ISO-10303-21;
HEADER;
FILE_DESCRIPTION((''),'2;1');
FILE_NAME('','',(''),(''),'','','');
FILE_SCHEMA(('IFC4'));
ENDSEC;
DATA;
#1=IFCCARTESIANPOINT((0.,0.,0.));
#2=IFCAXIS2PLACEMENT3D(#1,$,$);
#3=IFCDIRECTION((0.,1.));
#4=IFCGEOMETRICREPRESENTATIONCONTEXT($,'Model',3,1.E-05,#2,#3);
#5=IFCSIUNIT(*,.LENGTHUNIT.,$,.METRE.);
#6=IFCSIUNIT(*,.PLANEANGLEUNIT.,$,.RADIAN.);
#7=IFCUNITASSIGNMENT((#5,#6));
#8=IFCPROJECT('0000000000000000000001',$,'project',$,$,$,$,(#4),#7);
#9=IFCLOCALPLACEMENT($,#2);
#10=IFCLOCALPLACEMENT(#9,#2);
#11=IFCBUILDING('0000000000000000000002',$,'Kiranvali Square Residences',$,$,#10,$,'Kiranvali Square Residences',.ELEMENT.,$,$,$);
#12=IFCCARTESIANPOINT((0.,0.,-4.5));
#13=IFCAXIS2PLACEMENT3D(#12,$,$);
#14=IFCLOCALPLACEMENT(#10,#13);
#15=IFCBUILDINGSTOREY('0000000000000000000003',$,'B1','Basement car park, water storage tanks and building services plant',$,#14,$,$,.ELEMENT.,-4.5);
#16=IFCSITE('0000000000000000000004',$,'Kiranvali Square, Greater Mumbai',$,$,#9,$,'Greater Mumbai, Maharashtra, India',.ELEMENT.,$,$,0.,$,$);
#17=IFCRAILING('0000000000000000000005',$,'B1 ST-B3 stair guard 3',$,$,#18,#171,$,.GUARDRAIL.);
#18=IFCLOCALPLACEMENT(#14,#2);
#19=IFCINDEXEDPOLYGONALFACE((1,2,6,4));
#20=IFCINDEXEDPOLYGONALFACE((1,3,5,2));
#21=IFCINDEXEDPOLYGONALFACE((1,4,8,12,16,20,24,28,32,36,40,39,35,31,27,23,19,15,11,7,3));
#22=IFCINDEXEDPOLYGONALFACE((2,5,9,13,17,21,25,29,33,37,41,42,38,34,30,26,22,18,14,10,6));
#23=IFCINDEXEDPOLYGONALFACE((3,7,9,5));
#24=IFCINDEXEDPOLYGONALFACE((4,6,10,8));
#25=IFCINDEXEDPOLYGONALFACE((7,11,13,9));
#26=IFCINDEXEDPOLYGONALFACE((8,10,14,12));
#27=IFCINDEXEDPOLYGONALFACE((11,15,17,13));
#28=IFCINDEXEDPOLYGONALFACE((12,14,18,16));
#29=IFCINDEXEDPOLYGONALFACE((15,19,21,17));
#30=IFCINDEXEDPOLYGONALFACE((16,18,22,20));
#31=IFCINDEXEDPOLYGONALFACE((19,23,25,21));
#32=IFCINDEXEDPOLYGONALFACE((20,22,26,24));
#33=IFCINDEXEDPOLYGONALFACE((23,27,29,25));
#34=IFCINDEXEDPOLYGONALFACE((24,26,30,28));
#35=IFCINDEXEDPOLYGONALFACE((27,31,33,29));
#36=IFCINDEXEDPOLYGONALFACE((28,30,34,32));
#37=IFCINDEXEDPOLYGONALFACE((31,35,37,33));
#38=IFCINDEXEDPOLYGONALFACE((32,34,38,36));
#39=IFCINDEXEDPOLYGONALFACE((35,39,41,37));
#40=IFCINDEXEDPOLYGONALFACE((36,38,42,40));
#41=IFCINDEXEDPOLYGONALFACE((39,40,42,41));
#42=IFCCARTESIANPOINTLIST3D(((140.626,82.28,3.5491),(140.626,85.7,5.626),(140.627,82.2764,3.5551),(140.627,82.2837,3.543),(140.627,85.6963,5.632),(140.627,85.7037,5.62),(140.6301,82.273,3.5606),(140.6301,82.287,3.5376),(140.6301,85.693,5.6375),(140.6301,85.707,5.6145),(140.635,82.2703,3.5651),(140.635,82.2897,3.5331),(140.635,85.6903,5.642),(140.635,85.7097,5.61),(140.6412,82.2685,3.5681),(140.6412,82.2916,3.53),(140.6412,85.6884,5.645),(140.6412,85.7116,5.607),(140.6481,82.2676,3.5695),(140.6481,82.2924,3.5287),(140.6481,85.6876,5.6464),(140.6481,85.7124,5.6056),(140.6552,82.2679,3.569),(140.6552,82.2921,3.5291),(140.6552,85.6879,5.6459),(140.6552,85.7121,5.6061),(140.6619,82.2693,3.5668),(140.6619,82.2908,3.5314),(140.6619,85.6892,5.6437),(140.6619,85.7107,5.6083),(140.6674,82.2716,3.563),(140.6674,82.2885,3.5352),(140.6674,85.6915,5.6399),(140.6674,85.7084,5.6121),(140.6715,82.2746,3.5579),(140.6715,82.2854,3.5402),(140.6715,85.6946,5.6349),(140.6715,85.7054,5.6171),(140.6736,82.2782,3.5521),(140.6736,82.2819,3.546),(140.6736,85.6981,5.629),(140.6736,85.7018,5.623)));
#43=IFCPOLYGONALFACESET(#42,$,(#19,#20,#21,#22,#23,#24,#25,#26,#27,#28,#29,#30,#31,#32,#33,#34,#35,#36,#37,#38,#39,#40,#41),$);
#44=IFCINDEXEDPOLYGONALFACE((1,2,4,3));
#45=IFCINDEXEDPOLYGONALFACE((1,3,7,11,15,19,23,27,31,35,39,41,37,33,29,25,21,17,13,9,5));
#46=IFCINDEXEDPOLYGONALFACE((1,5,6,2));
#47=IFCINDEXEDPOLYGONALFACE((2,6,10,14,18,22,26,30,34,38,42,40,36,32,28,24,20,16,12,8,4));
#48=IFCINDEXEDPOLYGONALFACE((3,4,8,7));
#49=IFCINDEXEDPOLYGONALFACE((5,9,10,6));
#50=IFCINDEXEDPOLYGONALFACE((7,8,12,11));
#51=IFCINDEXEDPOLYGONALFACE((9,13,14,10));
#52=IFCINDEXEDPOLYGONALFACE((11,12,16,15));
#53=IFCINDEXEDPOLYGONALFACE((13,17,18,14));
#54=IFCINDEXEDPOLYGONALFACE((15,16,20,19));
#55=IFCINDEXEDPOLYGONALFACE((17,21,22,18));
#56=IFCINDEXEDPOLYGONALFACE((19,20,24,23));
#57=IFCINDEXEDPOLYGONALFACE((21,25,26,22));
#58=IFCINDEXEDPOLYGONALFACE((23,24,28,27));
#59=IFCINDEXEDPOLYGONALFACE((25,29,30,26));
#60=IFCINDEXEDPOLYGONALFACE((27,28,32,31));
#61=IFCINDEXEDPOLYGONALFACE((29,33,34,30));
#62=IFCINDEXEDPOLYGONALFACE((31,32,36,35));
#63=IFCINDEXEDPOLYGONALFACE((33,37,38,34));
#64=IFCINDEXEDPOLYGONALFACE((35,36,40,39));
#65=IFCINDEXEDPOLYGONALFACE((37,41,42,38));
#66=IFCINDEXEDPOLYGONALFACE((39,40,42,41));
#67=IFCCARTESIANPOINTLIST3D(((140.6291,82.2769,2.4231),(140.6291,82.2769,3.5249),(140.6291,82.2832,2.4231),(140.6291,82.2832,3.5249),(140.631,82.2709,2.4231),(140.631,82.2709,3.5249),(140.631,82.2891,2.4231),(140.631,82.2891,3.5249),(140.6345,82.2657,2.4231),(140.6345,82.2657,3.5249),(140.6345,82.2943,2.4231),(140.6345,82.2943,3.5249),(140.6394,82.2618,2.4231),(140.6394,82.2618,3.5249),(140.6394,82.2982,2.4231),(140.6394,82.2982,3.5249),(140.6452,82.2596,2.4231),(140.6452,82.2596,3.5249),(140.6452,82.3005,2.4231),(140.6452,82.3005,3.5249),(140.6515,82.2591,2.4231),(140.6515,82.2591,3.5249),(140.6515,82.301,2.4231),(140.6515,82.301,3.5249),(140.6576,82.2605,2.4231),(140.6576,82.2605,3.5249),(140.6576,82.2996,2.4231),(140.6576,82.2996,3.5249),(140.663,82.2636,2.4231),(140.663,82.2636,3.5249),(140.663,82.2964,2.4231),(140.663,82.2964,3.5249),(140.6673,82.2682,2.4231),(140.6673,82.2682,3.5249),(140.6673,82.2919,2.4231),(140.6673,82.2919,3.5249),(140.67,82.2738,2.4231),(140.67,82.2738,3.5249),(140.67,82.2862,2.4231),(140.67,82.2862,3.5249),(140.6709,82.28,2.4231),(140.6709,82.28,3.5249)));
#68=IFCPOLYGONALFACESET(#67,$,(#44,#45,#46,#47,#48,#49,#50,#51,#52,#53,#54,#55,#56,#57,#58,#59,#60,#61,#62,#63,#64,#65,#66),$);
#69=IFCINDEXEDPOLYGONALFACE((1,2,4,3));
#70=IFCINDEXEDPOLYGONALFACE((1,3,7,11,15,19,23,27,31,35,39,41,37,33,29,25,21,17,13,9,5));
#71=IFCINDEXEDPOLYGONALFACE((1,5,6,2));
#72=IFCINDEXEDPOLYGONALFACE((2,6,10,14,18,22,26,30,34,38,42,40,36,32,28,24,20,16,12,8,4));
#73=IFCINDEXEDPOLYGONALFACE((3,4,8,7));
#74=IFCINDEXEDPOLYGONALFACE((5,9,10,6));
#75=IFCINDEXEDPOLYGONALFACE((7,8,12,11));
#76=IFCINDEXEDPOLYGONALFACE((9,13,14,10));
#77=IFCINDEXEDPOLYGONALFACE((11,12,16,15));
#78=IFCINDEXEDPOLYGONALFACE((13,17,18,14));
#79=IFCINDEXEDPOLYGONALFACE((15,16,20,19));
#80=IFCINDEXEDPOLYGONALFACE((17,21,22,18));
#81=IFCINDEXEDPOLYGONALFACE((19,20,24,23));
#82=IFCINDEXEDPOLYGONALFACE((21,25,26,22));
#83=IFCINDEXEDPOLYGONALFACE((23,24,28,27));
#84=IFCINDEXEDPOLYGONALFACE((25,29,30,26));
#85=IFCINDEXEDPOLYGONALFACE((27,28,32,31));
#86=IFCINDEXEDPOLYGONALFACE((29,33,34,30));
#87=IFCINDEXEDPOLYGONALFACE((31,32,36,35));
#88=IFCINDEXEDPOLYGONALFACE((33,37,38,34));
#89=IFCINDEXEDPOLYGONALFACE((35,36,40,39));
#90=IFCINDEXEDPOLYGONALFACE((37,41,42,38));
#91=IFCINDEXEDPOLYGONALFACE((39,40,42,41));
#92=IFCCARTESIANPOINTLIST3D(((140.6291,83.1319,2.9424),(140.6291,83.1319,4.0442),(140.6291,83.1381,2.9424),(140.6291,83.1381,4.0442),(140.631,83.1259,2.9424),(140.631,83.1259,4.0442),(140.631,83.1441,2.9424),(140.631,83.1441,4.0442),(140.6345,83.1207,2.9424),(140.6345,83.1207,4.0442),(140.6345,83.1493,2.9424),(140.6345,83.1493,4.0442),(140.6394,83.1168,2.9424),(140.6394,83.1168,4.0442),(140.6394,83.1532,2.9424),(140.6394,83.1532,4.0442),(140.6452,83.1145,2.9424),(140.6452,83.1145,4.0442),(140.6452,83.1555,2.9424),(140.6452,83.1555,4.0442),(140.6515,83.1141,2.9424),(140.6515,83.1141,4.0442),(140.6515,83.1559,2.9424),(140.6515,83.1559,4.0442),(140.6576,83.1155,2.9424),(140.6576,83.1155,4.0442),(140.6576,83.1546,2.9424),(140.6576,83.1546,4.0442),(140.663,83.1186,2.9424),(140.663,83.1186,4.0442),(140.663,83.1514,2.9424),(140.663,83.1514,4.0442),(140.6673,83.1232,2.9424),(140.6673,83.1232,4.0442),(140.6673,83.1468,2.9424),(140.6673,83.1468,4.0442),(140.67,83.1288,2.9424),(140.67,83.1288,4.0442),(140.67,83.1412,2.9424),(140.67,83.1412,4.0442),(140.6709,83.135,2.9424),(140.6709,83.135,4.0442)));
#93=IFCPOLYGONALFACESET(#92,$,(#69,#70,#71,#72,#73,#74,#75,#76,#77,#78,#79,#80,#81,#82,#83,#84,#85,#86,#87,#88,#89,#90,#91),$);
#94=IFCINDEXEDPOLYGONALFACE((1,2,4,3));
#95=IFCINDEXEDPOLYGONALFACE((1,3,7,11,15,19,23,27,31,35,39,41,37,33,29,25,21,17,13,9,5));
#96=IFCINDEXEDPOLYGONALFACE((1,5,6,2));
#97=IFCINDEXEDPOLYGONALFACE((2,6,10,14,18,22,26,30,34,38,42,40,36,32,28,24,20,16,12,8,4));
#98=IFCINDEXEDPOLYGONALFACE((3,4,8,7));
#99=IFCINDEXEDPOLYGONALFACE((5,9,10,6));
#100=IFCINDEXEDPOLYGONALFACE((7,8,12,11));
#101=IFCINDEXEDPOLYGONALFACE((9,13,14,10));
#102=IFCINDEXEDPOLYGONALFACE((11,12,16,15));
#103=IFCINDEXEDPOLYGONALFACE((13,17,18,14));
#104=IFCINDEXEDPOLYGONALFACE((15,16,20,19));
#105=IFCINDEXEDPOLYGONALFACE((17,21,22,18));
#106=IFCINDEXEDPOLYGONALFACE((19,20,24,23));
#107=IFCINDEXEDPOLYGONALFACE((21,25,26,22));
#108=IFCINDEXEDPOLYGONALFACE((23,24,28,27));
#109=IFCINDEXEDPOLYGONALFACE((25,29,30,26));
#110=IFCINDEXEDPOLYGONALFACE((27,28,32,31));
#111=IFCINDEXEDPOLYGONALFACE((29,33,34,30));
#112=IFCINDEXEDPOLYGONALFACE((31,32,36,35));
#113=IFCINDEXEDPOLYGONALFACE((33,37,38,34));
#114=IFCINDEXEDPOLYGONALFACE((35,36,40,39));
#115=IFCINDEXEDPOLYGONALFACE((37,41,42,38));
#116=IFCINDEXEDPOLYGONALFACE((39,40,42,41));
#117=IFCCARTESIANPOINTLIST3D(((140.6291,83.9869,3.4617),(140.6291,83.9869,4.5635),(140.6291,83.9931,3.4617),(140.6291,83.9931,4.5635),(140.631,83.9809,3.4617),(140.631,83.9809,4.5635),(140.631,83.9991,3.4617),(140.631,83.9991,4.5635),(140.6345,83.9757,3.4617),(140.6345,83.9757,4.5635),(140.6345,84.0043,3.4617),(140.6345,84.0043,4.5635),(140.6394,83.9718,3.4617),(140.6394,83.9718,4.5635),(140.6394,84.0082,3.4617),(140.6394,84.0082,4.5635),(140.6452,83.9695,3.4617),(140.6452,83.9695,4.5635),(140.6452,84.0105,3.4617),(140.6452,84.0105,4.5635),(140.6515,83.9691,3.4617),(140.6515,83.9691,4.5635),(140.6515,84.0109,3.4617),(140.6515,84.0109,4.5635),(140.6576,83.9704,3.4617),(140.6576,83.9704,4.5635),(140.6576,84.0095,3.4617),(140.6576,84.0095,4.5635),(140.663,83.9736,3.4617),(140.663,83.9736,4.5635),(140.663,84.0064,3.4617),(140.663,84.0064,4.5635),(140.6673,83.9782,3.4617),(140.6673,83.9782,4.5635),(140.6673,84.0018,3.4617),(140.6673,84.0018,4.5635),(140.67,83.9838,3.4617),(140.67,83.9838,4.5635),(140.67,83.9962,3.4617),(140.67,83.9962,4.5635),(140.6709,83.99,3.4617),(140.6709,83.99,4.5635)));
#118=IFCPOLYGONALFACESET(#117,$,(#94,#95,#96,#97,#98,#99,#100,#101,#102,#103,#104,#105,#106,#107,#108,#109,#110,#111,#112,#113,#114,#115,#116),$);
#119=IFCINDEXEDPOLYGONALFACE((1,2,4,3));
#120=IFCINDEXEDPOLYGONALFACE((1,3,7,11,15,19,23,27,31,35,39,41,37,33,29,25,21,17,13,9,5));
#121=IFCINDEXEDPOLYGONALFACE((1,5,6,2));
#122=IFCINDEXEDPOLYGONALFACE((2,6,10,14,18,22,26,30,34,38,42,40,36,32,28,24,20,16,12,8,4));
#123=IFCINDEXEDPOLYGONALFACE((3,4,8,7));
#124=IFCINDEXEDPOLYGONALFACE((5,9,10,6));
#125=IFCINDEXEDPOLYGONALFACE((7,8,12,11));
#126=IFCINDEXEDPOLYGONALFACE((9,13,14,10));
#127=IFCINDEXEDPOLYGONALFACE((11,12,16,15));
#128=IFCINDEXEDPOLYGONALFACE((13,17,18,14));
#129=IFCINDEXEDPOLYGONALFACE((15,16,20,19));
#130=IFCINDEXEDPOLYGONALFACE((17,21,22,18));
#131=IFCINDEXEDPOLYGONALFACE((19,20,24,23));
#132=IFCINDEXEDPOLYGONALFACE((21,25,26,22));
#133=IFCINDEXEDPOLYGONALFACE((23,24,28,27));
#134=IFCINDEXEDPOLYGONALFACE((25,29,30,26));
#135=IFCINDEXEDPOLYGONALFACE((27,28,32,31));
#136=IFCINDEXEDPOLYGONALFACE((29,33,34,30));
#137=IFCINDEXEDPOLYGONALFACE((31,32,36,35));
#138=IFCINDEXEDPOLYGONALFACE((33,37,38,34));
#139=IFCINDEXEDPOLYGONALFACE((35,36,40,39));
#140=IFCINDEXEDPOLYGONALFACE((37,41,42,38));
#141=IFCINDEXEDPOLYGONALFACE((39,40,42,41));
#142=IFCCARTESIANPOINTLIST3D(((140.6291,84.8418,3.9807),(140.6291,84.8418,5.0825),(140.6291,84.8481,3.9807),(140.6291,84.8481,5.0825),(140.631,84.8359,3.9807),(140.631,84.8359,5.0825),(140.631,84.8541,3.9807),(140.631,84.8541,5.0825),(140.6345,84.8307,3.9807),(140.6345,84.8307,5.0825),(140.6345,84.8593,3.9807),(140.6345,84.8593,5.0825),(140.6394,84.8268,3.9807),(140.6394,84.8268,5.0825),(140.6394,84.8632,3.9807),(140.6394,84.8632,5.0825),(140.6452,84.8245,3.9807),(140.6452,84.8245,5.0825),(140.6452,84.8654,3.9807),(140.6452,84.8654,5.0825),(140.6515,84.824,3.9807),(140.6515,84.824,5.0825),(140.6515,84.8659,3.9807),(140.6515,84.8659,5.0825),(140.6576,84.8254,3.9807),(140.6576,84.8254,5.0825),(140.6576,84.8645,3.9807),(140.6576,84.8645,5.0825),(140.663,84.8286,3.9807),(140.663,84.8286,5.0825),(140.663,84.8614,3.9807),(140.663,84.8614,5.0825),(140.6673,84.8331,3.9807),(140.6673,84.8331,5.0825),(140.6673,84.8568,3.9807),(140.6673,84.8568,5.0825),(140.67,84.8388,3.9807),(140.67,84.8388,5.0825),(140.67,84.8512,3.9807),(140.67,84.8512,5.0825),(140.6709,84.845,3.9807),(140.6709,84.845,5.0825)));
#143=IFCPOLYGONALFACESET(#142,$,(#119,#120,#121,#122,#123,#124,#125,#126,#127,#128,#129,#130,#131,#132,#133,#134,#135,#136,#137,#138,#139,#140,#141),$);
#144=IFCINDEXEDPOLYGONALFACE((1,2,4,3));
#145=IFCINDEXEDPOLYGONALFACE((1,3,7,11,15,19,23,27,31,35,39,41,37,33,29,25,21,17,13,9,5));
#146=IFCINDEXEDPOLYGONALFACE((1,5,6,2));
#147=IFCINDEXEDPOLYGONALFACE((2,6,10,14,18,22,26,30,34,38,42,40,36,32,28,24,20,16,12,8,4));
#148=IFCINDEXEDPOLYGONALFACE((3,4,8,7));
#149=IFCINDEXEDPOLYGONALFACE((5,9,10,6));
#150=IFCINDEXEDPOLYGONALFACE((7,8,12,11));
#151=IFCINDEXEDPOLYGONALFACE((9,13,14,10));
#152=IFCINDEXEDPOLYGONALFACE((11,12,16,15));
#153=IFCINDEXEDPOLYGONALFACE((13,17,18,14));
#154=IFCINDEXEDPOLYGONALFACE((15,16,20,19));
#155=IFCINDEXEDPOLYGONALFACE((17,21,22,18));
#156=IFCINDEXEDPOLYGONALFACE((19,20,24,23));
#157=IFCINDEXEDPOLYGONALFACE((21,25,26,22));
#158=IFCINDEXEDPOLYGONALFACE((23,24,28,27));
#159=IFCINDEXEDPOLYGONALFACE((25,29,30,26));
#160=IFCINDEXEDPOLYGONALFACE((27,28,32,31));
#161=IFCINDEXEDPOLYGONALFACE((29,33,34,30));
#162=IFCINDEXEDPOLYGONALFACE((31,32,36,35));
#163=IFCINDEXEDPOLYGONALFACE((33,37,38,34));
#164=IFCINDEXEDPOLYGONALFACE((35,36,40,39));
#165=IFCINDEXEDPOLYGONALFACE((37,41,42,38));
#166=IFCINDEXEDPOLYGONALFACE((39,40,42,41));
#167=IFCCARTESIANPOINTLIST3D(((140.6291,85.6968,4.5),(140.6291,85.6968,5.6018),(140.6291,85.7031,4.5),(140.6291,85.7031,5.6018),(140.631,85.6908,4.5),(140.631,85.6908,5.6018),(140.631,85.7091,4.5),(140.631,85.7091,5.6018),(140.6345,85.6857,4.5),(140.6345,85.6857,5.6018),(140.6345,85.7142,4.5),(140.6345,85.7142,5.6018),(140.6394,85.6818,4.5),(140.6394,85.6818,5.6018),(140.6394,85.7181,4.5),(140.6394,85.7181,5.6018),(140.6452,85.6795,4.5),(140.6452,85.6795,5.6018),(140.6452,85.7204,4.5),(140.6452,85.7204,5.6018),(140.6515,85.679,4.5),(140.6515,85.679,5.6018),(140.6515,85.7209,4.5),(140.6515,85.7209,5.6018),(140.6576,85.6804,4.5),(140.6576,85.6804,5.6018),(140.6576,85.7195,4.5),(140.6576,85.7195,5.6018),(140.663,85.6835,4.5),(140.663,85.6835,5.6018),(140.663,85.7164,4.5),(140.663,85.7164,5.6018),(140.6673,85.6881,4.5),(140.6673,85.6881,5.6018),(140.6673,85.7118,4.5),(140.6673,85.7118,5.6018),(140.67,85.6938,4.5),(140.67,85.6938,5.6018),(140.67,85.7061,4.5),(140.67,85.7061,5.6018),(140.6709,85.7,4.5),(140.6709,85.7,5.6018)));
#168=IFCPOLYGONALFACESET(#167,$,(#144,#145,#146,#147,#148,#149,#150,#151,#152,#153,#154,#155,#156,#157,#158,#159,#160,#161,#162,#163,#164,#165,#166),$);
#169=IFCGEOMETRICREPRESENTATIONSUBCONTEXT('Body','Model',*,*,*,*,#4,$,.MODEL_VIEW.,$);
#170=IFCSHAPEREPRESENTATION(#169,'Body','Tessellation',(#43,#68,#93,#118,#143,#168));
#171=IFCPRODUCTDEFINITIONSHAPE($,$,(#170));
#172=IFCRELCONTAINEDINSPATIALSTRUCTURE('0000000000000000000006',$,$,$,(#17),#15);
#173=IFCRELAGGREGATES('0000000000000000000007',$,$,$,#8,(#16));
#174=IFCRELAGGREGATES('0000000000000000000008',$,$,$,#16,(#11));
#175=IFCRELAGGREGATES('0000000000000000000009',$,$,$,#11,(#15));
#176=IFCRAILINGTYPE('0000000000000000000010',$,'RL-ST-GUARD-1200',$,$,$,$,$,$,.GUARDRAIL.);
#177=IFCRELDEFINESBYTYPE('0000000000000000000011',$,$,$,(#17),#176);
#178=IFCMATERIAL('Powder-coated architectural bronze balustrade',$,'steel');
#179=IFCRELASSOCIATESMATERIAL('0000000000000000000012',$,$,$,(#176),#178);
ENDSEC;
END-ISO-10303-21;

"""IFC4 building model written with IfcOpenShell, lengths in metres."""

from ifc_helpers import new_model, si_unit, direction, frame, origin, origin_2d, place, context, subcontext, project, spatial, circle, extrude, material, type_object, element, save


model = new_model("IFC4")

# Units and contexts
model_context = context("Model", 3, precision=1e-05, world=origin(), true_north=direction((0.0, 1.0)))
body_context = subcontext(model_context, "Body", "Model", "MODEL_VIEW")
ifc_project = project(units=[si_unit("LENGTHUNIT", "METRE"), si_unit("PLANEANGLEUNIT", "RADIAN")], contexts=[model_context])

# Site, building, storey
site_placement = place(None, origin())
site = spatial("IfcSite", under=ifc_project, at=site_placement, Name="Kiranvali Square, Greater Mumbai", LongName="Greater Mumbai, Maharashtra, India", CompositionType="ELEMENT", RefElevation=0.0)
building_placement = place(site_placement, origin())
building = spatial("IfcBuilding", under=site, at=building_placement, Name="Kiranvali Square Residences", LongName="Kiranvali Square Residences", CompositionType="ELEMENT")
storey_placement = place(building_placement, frame((0.0, 0.0, -4.5)))
storey = spatial("IfcBuildingStorey", under=building, at=storey_placement, Name="B1", Description="Basement car park, water storage tanks and building services plant", CompositionType="ELEMENT", Elevation=-4.5)

# Railing
ifc_material_1 = material(Name="Powder-coated architectural bronze balustrade", Category="steel")
railing_type_1 = type_object("IfcRailingType", Name="RL-ST-GUARD-1200", PredefinedType="GUARDRAIL", material=ifc_material_1)
railing_1_placement = place(storey_placement, frame((140.6499, 82.28, 2.4231)))
element("IfcRailing", 1, at=railing_1_placement, inside=storey, type_object=railing_type_1, Name="B1 ST-B3 stair guard 3", PredefinedType="GUARDRAIL", context=body_context, shape_type="SweptSolid", body=[
    extrude(circle(Radius=0.0239, at=origin_2d()), frame((0.0, 0.0, 1.126), z_axis=(0.0, 0.85473, 0.519074), x_axis=(-1.0, 0.0, 0.0)), (0.0, 0.0, 1.0), 4.0012),
    extrude(circle(Radius=0.021, at=origin_2d()), origin(), (0.0, 0.0, 1.0), 1.1018),
    extrude(circle(Radius=0.021, at=origin_2d()), frame((0.0, 0.855, 0.5193)), (0.0, 0.0, 1.0), 1.1018),
    extrude(circle(Radius=0.021, at=origin_2d()), frame((0.0, 1.71, 1.0386)), (0.0, 0.0, 1.0), 1.1018),
    extrude(circle(Radius=0.021, at=origin_2d()), frame((0.0, 2.5649, 1.5576)), (0.0, 0.0, 1.0), 1.1018),
    extrude(circle(Radius=0.021, at=origin_2d()), frame((0.0, 3.4199, 2.0769)), (0.0, 0.0, 1.0), 1.1018),
])

save(model, "model.ifc")
